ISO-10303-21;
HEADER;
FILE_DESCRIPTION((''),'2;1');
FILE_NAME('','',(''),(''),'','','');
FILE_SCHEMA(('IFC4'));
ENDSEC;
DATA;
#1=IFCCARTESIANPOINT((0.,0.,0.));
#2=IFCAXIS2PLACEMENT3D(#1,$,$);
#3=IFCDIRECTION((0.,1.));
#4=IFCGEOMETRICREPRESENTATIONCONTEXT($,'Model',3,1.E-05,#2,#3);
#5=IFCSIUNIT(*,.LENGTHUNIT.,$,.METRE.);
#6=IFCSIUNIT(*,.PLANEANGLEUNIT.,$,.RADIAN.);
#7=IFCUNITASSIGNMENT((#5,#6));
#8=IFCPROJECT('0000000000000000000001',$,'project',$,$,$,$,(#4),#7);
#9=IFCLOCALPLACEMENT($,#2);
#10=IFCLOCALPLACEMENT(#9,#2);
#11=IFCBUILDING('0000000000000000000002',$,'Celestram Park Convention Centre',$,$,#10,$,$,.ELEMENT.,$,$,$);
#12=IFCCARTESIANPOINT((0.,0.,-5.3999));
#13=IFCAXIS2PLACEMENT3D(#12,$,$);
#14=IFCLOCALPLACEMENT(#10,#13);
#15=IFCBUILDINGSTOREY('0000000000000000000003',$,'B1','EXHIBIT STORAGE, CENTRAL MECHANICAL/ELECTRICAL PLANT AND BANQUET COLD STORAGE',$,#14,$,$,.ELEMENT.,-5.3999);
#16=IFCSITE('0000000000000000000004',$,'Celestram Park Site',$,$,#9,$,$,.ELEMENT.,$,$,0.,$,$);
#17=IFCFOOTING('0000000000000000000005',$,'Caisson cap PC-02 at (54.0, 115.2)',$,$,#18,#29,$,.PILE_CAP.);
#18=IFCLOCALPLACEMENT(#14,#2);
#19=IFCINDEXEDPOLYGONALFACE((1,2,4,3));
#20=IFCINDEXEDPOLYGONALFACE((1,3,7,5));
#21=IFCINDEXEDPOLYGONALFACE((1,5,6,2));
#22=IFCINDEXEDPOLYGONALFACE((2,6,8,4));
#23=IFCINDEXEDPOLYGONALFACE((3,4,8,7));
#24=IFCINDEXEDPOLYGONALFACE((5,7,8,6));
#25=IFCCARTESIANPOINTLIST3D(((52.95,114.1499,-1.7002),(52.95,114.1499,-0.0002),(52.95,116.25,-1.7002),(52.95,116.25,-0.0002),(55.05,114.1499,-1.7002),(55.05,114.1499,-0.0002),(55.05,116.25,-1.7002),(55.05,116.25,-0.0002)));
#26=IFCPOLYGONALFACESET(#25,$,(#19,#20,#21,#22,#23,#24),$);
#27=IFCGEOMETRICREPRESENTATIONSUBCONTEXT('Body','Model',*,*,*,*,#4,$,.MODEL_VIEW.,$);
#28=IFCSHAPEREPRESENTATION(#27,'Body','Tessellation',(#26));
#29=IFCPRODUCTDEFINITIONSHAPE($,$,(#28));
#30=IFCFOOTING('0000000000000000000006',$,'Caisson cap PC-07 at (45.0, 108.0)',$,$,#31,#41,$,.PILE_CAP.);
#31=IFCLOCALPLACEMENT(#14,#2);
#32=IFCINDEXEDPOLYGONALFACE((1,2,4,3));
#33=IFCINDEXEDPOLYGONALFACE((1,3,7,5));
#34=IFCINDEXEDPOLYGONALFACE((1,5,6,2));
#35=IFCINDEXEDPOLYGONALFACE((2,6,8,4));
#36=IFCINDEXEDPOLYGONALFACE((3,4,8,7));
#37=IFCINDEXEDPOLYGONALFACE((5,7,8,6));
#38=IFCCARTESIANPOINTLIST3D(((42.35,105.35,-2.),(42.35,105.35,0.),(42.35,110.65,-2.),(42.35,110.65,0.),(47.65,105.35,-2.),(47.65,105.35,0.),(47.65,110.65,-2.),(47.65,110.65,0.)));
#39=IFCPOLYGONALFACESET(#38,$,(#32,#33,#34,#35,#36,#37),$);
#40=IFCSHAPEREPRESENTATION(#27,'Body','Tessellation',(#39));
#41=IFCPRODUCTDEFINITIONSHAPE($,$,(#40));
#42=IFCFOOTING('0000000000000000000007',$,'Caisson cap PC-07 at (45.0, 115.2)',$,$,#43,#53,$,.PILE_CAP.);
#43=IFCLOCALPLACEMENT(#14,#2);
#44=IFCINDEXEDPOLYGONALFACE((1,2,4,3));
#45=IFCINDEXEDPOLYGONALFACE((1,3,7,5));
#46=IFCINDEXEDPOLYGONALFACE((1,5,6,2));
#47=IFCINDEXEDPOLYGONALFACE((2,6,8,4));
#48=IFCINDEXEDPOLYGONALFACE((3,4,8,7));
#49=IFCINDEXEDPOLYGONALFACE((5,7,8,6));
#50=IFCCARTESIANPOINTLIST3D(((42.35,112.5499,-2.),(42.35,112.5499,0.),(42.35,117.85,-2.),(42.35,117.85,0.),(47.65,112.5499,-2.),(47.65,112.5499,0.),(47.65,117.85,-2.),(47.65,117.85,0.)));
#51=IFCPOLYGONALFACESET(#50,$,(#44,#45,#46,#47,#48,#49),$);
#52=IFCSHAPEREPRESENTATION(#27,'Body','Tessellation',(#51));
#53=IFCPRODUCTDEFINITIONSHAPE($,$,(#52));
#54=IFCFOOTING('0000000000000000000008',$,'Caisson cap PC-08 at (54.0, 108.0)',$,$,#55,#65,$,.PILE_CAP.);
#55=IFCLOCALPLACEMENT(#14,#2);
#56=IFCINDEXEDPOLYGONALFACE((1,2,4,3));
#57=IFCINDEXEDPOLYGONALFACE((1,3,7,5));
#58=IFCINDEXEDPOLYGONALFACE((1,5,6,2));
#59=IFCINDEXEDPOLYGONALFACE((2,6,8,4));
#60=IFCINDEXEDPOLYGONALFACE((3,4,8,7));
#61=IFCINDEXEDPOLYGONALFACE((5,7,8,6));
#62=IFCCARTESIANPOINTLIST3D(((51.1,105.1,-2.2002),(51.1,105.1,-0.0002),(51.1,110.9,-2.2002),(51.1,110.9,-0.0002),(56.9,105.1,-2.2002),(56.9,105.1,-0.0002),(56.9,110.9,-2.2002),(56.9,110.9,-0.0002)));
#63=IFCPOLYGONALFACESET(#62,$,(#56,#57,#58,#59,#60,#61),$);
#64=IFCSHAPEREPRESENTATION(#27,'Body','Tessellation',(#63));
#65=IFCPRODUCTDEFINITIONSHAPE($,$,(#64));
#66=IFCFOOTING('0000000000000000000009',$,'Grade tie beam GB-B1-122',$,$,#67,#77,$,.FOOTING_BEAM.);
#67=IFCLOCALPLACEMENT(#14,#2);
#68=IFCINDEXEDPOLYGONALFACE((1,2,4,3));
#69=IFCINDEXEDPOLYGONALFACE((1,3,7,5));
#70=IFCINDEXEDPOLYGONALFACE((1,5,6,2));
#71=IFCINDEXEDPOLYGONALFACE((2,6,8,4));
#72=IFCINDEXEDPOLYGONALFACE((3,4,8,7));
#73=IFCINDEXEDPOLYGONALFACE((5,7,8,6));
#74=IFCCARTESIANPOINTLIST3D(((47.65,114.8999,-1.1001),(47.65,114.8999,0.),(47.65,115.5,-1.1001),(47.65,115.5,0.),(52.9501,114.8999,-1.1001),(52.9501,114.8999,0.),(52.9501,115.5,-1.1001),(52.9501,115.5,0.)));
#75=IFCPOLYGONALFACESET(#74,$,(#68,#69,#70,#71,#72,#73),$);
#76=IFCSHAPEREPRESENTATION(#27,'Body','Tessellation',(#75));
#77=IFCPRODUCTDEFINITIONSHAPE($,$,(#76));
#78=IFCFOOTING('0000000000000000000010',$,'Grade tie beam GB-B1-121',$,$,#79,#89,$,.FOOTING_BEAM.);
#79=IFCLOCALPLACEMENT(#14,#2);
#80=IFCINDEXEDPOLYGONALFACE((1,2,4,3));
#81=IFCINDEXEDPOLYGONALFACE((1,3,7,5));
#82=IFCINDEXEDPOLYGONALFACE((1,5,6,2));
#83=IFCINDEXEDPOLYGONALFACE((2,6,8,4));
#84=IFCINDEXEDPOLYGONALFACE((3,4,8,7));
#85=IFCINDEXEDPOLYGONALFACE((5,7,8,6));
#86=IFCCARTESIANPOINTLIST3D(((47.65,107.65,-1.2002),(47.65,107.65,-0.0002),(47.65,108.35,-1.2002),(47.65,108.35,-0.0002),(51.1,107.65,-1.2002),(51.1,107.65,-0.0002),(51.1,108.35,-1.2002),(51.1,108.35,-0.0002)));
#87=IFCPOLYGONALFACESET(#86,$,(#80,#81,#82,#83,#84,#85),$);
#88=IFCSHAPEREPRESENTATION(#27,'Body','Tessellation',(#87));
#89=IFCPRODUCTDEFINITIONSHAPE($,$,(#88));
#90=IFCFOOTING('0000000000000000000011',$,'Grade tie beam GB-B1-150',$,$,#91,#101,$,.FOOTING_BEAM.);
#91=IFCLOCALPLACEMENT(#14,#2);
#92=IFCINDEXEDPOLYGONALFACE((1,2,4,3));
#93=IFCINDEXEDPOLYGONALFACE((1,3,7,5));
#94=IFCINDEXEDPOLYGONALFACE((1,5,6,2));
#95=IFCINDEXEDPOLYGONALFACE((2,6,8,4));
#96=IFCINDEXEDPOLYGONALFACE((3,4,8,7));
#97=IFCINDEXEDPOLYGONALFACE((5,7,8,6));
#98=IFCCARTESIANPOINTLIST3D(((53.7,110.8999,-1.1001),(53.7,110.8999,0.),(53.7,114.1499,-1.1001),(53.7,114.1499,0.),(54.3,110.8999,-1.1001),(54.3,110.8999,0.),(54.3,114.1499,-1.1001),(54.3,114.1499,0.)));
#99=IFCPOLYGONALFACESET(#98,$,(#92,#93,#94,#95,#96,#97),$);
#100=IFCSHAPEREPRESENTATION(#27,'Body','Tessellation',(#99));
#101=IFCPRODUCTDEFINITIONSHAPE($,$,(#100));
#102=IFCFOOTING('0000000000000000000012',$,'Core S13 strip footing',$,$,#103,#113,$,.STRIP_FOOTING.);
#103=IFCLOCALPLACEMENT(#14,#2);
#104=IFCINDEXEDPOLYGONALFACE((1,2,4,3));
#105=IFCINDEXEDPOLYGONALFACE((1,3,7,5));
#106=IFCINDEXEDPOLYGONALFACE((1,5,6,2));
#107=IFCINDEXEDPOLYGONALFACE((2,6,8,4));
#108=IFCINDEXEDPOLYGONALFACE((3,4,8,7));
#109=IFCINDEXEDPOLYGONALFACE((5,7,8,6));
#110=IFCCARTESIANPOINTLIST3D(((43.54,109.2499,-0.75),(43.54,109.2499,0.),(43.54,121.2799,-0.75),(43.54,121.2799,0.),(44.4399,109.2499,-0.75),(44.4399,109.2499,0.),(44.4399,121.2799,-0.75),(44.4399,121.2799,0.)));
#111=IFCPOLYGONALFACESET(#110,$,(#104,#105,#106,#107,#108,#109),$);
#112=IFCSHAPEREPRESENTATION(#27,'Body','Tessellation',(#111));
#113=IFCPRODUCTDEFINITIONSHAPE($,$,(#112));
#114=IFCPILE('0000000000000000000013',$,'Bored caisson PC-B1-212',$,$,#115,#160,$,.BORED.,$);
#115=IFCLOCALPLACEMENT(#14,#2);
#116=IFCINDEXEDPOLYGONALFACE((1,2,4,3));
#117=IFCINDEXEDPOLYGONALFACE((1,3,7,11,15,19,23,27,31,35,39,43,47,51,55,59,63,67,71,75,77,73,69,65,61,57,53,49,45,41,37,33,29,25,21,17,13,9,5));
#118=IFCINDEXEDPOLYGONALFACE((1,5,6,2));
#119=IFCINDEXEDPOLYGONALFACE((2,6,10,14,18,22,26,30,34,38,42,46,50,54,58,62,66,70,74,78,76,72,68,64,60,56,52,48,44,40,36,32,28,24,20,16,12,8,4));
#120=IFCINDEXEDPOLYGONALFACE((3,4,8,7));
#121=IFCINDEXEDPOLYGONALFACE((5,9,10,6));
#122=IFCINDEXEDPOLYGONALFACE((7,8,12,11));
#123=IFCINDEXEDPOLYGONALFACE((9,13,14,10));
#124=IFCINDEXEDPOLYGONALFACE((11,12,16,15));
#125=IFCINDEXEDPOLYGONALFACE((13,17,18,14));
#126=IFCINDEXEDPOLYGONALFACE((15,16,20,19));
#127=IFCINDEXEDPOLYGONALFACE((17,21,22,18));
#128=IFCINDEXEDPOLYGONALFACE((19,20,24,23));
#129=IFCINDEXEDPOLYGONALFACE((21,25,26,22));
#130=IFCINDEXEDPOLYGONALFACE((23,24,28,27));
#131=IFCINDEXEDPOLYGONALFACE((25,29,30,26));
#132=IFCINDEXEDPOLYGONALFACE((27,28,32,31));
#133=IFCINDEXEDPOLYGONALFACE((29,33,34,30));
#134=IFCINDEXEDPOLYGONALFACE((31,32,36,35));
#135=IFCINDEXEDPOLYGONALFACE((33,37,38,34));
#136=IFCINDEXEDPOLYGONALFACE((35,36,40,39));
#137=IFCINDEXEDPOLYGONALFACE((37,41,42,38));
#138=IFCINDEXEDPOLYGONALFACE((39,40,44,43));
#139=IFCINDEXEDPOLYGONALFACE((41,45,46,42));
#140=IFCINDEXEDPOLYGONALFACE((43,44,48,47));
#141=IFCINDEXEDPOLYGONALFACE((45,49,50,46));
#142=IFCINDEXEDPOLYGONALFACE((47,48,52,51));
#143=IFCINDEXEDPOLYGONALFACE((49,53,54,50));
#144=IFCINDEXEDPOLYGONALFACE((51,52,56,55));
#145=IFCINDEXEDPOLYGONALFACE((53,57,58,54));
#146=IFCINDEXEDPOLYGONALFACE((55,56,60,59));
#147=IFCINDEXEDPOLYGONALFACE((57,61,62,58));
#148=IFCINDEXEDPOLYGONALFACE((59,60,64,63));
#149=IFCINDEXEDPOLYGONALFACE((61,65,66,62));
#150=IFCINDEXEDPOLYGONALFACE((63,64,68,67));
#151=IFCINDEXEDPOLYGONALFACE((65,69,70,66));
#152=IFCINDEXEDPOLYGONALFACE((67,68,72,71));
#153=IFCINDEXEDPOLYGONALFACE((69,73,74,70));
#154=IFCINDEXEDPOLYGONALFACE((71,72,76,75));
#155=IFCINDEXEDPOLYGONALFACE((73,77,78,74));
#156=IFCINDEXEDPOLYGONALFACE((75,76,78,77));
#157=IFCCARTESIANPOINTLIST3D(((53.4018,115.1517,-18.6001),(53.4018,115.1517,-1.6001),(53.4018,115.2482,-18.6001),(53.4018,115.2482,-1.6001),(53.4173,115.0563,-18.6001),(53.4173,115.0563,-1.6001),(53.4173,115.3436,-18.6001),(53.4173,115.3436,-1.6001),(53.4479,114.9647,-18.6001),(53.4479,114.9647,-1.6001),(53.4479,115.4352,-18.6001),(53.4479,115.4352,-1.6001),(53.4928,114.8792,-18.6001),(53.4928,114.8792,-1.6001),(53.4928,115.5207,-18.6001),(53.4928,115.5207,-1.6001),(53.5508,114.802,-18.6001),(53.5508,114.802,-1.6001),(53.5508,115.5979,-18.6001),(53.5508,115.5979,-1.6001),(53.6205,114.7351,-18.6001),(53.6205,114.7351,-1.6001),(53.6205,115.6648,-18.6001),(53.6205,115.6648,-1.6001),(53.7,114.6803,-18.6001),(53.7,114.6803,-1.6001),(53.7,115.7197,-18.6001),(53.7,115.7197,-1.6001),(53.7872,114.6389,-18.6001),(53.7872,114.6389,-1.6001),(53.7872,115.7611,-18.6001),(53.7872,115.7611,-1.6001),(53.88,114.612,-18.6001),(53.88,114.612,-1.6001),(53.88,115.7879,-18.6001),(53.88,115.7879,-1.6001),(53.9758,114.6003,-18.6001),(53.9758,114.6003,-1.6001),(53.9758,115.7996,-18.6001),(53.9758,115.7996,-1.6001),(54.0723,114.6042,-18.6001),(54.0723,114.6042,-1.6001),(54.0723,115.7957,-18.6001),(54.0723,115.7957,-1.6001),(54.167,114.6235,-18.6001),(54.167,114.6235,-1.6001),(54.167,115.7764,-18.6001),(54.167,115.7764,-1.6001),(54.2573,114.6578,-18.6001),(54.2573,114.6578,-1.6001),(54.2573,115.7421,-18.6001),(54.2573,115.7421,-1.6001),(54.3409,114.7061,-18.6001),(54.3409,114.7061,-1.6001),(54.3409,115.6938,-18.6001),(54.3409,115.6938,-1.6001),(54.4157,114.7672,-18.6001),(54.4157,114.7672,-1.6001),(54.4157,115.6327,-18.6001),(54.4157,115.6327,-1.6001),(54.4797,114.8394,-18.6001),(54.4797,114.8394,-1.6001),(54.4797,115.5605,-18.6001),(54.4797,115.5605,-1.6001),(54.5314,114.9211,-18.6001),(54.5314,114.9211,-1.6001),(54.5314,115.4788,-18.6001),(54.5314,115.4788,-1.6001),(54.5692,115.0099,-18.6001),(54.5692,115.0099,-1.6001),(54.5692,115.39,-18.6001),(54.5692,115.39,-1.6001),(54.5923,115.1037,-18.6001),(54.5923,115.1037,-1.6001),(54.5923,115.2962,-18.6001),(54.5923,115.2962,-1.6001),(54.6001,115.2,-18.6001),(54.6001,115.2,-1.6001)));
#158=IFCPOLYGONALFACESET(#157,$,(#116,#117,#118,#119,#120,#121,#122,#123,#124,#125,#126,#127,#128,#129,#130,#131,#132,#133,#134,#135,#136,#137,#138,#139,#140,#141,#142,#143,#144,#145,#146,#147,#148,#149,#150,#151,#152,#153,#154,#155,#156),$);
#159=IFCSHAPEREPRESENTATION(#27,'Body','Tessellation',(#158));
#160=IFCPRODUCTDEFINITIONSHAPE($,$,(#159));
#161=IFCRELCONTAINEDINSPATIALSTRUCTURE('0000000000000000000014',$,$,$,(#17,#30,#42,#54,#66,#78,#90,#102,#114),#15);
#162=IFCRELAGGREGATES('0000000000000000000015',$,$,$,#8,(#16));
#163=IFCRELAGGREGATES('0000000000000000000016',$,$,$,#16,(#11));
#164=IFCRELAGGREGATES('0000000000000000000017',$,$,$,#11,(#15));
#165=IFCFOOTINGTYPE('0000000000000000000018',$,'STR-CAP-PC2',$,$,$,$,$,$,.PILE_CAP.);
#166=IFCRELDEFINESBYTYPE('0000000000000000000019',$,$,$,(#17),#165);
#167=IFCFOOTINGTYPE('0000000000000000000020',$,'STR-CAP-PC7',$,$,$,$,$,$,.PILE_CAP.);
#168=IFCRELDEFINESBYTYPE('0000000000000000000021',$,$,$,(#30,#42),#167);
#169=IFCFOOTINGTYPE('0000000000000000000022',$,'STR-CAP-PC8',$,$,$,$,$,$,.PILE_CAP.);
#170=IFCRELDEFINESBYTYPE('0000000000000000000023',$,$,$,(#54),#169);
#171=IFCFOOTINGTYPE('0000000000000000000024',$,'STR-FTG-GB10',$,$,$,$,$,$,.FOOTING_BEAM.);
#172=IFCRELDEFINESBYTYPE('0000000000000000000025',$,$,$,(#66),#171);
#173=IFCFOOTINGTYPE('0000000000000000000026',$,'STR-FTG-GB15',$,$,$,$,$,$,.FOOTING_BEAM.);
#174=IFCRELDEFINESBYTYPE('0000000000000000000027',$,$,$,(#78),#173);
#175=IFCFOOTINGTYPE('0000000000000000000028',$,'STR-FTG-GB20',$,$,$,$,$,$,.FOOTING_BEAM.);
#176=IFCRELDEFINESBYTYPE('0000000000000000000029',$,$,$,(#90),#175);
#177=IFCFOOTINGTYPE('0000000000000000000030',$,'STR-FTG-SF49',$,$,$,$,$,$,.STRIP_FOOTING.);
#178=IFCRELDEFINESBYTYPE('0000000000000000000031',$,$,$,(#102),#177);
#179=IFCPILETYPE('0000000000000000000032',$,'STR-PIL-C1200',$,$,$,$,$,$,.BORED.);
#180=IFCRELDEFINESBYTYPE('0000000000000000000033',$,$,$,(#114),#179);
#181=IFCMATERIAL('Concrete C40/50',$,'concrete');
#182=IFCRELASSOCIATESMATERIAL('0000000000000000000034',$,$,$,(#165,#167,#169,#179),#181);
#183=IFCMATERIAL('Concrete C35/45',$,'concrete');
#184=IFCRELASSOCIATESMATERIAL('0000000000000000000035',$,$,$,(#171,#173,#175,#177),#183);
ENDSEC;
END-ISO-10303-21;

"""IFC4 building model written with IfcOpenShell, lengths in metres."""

from ifc_helpers import new_model, si_unit, direction, frame, origin, origin_2d, place, context, subcontext, project, spatial, rectangle, circle, extrude, material, material_profile, profile_set, type_object, element, save


model = new_model("IFC4")

# Units and contexts
model_context = context("Model", 3, precision=1e-05, world=origin(), true_north=direction((0.0, 1.0)))
body_context = subcontext(model_context, "Body", "Model", "MODEL_VIEW")
ifc_project = project(units=[si_unit("LENGTHUNIT", "METRE"), si_unit("PLANEANGLEUNIT", "RADIAN")], contexts=[model_context])

# Site, building, storey
site_placement = place(None, origin())
site = spatial("IfcSite", under=ifc_project, at=site_placement, Name="Celestram Park Site", CompositionType="ELEMENT", RefElevation=0.0)
building_placement = place(site_placement, origin())
building = spatial("IfcBuilding", under=site, at=building_placement, Name="Celestram Park Convention Centre", CompositionType="ELEMENT")
storey_placement = place(building_placement, frame((0.0, 0.0, -5.3999)))
storey = spatial("IfcBuildingStorey", under=building, at=storey_placement, Name="B1", Description="EXHIBIT STORAGE, CENTRAL MECHANICAL/ELECTRICAL PLANT AND BANQUET COLD STORAGE", CompositionType="ELEMENT", Elevation=-5.3999)

# Footings
ifc_material_1 = material(Name="Concrete C40/50", Category="concrete")
footing_type_1 = type_object("IfcFootingType", Name="STR-CAP-PC2", PredefinedType="PILE_CAP", material=ifc_material_1)
footing_1_placement = place(storey_placement, frame((54.0, 115.2, -1.7002), z_axis=(0.0, 0.0, 1.0), x_axis=(1.0, 0.0, 0.0)))
element("IfcFooting", 1, at=footing_1_placement, inside=storey, type_object=footing_type_1, Name="Caisson cap PC-02 at (54.0, 115.2)", PredefinedType="PILE_CAP", context=body_context, shape_type="SweptSolid", body=[
    extrude(rectangle(XDim=2.1001, YDim=2.1001, at=origin_2d()), origin(), (0.0, 0.0, 1.0), 1.7),
])
footing_type_2 = type_object("IfcFootingType", Name="STR-CAP-PC7", PredefinedType="PILE_CAP", material=ifc_material_1)
for number, where, z_axis, x_axis, name in (
    (2, (45.0, 108.0, -2.0), (0.0, 0.0, 1.0), (1.0, 0.0, 0.0), "Caisson cap PC-07 at (45.0, 108.0)"),
    (3, (45.0, 115.2, -2.0), (0.0, 0.0, 1.0), (1.0, 0.0, 0.0), "Caisson cap PC-07 at (45.0, 115.2)"),
):
    element("IfcFooting", number, at=place(storey_placement, frame(where, z_axis=z_axis, x_axis=x_axis)), inside=storey, type_object=footing_type_2, Name=name, PredefinedType="PILE_CAP", context=body_context, shape_type="SweptSolid", body=[
        extrude(rectangle(XDim=5.3, YDim=5.3, at=origin_2d()), origin(), (0.0, 0.0, 1.0), 2.0),
    ])
footing_type_3 = type_object("IfcFootingType", Name="STR-CAP-PC8", PredefinedType="PILE_CAP", material=ifc_material_1)
footing_2_placement = place(storey_placement, frame((54.0, 108.0, -2.2002), z_axis=(0.0, 0.0, 1.0), x_axis=(1.0, 0.0, 0.0)))
element("IfcFooting", 4, at=footing_2_placement, inside=storey, type_object=footing_type_3, Name="Caisson cap PC-08 at (54.0, 108.0)", PredefinedType="PILE_CAP", context=body_context, shape_type="SweptSolid", body=[
    extrude(rectangle(XDim=5.8, YDim=5.8, at=origin_2d()), origin(), (0.0, 0.0, 1.0), 2.2),
])
ifc_material_2 = material(Name="Concrete C35/45", Category="concrete")
footing_type_4 = type_object("IfcFootingType", Name="STR-FTG-GB10", PredefinedType="FOOTING_BEAM", material=ifc_material_2)
footing_3_placement = place(storey_placement, frame((50.3, 115.2, -1.1001), z_axis=(0.0, 0.0, 1.0), x_axis=(1.0, 0.0, 0.0)))
element("IfcFooting", 5, at=footing_3_placement, inside=storey, type_object=footing_type_4, Name="Grade tie beam GB-B1-122", PredefinedType="FOOTING_BEAM", context=body_context, shape_type="SweptSolid", body=[
    extrude(rectangle(XDim=5.3, YDim=0.6001, at=origin_2d()), origin(), (0.0, 0.0, 1.0), 1.1001),
])
footing_type_5 = type_object("IfcFootingType", Name="STR-FTG-GB15", PredefinedType="FOOTING_BEAM", material=ifc_material_2)
footing_4_placement = place(storey_placement, frame((49.375, 108.0, -1.2002), z_axis=(0.0, 0.0, 1.0), x_axis=(1.0, 0.0, 0.0)))
element("IfcFooting", 6, at=footing_4_placement, inside=storey, type_object=footing_type_5, Name="Grade tie beam GB-B1-121", PredefinedType="FOOTING_BEAM", context=body_context, shape_type="SweptSolid", body=[
    extrude(rectangle(XDim=3.45, YDim=0.7, at=origin_2d()), origin(), (0.0, 0.0, 1.0), 1.2),
])
footing_type_6 = type_object("IfcFootingType", Name="STR-FTG-GB20", PredefinedType="FOOTING_BEAM", material=ifc_material_2)
footing_5_placement = place(storey_placement, frame((54.0, 112.5249, -1.1001), z_axis=(0.0, 0.0, 1.0), x_axis=(0.0, 1.0, 0.0)))
element("IfcFooting", 7, at=footing_5_placement, inside=storey, type_object=footing_type_6, Name="Grade tie beam GB-B1-150", PredefinedType="FOOTING_BEAM", context=body_context, shape_type="SweptSolid", body=[
    extrude(rectangle(XDim=3.25, YDim=0.6001, at=origin_2d()), origin(), (0.0, 0.0, 1.0), 1.1001),
])
footing_type_7 = type_object("IfcFootingType", Name="STR-FTG-SF49", PredefinedType="STRIP_FOOTING", material=ifc_material_2)
footing_6_placement = place(storey_placement, frame((43.99, 115.2649, -0.75), z_axis=(0.0, 0.0, 1.0), x_axis=(0.0, 1.0, 0.0)))
element("IfcFooting", 8, at=footing_6_placement, inside=storey, type_object=footing_type_7, Name="Core S13 strip footing", PredefinedType="STRIP_FOOTING", context=body_context, shape_type="SweptSolid", body=[
    extrude(rectangle(XDim=12.03, YDim=0.8999, at=origin_2d()), origin(), (0.0, 0.0, 1.0), 0.75),
])

# Pile
ifc_material_profile_1 = material_profile(ifc_material_1, circle(Radius=0.6001, at=origin_2d()), Name="CAISSON1200")
ifc_profile_set_1 = profile_set([ifc_material_profile_1], Name="Concrete C40/50")
pile_type_1 = type_object("IfcPileType", Name="STR-PIL-C1200", PredefinedType="BORED", material=ifc_profile_set_1)
pile_placement = place(storey_placement, frame((54.0, 115.2, -1.6001), z_axis=(0.0, 0.0, -1.0), x_axis=(1.0, 0.0, 0.0)))
element("IfcPile", 9, at=pile_placement, inside=storey, type_object=pile_type_1, Name="Bored caisson PC-B1-212", PredefinedType="BORED", context=body_context, shape_type="SweptSolid", body=[
    extrude(circle(Radius=0.6001, at=origin_2d()), origin(), (0.0, 0.0, 1.0), 17.0),
])

save(model, "model.ifc")
